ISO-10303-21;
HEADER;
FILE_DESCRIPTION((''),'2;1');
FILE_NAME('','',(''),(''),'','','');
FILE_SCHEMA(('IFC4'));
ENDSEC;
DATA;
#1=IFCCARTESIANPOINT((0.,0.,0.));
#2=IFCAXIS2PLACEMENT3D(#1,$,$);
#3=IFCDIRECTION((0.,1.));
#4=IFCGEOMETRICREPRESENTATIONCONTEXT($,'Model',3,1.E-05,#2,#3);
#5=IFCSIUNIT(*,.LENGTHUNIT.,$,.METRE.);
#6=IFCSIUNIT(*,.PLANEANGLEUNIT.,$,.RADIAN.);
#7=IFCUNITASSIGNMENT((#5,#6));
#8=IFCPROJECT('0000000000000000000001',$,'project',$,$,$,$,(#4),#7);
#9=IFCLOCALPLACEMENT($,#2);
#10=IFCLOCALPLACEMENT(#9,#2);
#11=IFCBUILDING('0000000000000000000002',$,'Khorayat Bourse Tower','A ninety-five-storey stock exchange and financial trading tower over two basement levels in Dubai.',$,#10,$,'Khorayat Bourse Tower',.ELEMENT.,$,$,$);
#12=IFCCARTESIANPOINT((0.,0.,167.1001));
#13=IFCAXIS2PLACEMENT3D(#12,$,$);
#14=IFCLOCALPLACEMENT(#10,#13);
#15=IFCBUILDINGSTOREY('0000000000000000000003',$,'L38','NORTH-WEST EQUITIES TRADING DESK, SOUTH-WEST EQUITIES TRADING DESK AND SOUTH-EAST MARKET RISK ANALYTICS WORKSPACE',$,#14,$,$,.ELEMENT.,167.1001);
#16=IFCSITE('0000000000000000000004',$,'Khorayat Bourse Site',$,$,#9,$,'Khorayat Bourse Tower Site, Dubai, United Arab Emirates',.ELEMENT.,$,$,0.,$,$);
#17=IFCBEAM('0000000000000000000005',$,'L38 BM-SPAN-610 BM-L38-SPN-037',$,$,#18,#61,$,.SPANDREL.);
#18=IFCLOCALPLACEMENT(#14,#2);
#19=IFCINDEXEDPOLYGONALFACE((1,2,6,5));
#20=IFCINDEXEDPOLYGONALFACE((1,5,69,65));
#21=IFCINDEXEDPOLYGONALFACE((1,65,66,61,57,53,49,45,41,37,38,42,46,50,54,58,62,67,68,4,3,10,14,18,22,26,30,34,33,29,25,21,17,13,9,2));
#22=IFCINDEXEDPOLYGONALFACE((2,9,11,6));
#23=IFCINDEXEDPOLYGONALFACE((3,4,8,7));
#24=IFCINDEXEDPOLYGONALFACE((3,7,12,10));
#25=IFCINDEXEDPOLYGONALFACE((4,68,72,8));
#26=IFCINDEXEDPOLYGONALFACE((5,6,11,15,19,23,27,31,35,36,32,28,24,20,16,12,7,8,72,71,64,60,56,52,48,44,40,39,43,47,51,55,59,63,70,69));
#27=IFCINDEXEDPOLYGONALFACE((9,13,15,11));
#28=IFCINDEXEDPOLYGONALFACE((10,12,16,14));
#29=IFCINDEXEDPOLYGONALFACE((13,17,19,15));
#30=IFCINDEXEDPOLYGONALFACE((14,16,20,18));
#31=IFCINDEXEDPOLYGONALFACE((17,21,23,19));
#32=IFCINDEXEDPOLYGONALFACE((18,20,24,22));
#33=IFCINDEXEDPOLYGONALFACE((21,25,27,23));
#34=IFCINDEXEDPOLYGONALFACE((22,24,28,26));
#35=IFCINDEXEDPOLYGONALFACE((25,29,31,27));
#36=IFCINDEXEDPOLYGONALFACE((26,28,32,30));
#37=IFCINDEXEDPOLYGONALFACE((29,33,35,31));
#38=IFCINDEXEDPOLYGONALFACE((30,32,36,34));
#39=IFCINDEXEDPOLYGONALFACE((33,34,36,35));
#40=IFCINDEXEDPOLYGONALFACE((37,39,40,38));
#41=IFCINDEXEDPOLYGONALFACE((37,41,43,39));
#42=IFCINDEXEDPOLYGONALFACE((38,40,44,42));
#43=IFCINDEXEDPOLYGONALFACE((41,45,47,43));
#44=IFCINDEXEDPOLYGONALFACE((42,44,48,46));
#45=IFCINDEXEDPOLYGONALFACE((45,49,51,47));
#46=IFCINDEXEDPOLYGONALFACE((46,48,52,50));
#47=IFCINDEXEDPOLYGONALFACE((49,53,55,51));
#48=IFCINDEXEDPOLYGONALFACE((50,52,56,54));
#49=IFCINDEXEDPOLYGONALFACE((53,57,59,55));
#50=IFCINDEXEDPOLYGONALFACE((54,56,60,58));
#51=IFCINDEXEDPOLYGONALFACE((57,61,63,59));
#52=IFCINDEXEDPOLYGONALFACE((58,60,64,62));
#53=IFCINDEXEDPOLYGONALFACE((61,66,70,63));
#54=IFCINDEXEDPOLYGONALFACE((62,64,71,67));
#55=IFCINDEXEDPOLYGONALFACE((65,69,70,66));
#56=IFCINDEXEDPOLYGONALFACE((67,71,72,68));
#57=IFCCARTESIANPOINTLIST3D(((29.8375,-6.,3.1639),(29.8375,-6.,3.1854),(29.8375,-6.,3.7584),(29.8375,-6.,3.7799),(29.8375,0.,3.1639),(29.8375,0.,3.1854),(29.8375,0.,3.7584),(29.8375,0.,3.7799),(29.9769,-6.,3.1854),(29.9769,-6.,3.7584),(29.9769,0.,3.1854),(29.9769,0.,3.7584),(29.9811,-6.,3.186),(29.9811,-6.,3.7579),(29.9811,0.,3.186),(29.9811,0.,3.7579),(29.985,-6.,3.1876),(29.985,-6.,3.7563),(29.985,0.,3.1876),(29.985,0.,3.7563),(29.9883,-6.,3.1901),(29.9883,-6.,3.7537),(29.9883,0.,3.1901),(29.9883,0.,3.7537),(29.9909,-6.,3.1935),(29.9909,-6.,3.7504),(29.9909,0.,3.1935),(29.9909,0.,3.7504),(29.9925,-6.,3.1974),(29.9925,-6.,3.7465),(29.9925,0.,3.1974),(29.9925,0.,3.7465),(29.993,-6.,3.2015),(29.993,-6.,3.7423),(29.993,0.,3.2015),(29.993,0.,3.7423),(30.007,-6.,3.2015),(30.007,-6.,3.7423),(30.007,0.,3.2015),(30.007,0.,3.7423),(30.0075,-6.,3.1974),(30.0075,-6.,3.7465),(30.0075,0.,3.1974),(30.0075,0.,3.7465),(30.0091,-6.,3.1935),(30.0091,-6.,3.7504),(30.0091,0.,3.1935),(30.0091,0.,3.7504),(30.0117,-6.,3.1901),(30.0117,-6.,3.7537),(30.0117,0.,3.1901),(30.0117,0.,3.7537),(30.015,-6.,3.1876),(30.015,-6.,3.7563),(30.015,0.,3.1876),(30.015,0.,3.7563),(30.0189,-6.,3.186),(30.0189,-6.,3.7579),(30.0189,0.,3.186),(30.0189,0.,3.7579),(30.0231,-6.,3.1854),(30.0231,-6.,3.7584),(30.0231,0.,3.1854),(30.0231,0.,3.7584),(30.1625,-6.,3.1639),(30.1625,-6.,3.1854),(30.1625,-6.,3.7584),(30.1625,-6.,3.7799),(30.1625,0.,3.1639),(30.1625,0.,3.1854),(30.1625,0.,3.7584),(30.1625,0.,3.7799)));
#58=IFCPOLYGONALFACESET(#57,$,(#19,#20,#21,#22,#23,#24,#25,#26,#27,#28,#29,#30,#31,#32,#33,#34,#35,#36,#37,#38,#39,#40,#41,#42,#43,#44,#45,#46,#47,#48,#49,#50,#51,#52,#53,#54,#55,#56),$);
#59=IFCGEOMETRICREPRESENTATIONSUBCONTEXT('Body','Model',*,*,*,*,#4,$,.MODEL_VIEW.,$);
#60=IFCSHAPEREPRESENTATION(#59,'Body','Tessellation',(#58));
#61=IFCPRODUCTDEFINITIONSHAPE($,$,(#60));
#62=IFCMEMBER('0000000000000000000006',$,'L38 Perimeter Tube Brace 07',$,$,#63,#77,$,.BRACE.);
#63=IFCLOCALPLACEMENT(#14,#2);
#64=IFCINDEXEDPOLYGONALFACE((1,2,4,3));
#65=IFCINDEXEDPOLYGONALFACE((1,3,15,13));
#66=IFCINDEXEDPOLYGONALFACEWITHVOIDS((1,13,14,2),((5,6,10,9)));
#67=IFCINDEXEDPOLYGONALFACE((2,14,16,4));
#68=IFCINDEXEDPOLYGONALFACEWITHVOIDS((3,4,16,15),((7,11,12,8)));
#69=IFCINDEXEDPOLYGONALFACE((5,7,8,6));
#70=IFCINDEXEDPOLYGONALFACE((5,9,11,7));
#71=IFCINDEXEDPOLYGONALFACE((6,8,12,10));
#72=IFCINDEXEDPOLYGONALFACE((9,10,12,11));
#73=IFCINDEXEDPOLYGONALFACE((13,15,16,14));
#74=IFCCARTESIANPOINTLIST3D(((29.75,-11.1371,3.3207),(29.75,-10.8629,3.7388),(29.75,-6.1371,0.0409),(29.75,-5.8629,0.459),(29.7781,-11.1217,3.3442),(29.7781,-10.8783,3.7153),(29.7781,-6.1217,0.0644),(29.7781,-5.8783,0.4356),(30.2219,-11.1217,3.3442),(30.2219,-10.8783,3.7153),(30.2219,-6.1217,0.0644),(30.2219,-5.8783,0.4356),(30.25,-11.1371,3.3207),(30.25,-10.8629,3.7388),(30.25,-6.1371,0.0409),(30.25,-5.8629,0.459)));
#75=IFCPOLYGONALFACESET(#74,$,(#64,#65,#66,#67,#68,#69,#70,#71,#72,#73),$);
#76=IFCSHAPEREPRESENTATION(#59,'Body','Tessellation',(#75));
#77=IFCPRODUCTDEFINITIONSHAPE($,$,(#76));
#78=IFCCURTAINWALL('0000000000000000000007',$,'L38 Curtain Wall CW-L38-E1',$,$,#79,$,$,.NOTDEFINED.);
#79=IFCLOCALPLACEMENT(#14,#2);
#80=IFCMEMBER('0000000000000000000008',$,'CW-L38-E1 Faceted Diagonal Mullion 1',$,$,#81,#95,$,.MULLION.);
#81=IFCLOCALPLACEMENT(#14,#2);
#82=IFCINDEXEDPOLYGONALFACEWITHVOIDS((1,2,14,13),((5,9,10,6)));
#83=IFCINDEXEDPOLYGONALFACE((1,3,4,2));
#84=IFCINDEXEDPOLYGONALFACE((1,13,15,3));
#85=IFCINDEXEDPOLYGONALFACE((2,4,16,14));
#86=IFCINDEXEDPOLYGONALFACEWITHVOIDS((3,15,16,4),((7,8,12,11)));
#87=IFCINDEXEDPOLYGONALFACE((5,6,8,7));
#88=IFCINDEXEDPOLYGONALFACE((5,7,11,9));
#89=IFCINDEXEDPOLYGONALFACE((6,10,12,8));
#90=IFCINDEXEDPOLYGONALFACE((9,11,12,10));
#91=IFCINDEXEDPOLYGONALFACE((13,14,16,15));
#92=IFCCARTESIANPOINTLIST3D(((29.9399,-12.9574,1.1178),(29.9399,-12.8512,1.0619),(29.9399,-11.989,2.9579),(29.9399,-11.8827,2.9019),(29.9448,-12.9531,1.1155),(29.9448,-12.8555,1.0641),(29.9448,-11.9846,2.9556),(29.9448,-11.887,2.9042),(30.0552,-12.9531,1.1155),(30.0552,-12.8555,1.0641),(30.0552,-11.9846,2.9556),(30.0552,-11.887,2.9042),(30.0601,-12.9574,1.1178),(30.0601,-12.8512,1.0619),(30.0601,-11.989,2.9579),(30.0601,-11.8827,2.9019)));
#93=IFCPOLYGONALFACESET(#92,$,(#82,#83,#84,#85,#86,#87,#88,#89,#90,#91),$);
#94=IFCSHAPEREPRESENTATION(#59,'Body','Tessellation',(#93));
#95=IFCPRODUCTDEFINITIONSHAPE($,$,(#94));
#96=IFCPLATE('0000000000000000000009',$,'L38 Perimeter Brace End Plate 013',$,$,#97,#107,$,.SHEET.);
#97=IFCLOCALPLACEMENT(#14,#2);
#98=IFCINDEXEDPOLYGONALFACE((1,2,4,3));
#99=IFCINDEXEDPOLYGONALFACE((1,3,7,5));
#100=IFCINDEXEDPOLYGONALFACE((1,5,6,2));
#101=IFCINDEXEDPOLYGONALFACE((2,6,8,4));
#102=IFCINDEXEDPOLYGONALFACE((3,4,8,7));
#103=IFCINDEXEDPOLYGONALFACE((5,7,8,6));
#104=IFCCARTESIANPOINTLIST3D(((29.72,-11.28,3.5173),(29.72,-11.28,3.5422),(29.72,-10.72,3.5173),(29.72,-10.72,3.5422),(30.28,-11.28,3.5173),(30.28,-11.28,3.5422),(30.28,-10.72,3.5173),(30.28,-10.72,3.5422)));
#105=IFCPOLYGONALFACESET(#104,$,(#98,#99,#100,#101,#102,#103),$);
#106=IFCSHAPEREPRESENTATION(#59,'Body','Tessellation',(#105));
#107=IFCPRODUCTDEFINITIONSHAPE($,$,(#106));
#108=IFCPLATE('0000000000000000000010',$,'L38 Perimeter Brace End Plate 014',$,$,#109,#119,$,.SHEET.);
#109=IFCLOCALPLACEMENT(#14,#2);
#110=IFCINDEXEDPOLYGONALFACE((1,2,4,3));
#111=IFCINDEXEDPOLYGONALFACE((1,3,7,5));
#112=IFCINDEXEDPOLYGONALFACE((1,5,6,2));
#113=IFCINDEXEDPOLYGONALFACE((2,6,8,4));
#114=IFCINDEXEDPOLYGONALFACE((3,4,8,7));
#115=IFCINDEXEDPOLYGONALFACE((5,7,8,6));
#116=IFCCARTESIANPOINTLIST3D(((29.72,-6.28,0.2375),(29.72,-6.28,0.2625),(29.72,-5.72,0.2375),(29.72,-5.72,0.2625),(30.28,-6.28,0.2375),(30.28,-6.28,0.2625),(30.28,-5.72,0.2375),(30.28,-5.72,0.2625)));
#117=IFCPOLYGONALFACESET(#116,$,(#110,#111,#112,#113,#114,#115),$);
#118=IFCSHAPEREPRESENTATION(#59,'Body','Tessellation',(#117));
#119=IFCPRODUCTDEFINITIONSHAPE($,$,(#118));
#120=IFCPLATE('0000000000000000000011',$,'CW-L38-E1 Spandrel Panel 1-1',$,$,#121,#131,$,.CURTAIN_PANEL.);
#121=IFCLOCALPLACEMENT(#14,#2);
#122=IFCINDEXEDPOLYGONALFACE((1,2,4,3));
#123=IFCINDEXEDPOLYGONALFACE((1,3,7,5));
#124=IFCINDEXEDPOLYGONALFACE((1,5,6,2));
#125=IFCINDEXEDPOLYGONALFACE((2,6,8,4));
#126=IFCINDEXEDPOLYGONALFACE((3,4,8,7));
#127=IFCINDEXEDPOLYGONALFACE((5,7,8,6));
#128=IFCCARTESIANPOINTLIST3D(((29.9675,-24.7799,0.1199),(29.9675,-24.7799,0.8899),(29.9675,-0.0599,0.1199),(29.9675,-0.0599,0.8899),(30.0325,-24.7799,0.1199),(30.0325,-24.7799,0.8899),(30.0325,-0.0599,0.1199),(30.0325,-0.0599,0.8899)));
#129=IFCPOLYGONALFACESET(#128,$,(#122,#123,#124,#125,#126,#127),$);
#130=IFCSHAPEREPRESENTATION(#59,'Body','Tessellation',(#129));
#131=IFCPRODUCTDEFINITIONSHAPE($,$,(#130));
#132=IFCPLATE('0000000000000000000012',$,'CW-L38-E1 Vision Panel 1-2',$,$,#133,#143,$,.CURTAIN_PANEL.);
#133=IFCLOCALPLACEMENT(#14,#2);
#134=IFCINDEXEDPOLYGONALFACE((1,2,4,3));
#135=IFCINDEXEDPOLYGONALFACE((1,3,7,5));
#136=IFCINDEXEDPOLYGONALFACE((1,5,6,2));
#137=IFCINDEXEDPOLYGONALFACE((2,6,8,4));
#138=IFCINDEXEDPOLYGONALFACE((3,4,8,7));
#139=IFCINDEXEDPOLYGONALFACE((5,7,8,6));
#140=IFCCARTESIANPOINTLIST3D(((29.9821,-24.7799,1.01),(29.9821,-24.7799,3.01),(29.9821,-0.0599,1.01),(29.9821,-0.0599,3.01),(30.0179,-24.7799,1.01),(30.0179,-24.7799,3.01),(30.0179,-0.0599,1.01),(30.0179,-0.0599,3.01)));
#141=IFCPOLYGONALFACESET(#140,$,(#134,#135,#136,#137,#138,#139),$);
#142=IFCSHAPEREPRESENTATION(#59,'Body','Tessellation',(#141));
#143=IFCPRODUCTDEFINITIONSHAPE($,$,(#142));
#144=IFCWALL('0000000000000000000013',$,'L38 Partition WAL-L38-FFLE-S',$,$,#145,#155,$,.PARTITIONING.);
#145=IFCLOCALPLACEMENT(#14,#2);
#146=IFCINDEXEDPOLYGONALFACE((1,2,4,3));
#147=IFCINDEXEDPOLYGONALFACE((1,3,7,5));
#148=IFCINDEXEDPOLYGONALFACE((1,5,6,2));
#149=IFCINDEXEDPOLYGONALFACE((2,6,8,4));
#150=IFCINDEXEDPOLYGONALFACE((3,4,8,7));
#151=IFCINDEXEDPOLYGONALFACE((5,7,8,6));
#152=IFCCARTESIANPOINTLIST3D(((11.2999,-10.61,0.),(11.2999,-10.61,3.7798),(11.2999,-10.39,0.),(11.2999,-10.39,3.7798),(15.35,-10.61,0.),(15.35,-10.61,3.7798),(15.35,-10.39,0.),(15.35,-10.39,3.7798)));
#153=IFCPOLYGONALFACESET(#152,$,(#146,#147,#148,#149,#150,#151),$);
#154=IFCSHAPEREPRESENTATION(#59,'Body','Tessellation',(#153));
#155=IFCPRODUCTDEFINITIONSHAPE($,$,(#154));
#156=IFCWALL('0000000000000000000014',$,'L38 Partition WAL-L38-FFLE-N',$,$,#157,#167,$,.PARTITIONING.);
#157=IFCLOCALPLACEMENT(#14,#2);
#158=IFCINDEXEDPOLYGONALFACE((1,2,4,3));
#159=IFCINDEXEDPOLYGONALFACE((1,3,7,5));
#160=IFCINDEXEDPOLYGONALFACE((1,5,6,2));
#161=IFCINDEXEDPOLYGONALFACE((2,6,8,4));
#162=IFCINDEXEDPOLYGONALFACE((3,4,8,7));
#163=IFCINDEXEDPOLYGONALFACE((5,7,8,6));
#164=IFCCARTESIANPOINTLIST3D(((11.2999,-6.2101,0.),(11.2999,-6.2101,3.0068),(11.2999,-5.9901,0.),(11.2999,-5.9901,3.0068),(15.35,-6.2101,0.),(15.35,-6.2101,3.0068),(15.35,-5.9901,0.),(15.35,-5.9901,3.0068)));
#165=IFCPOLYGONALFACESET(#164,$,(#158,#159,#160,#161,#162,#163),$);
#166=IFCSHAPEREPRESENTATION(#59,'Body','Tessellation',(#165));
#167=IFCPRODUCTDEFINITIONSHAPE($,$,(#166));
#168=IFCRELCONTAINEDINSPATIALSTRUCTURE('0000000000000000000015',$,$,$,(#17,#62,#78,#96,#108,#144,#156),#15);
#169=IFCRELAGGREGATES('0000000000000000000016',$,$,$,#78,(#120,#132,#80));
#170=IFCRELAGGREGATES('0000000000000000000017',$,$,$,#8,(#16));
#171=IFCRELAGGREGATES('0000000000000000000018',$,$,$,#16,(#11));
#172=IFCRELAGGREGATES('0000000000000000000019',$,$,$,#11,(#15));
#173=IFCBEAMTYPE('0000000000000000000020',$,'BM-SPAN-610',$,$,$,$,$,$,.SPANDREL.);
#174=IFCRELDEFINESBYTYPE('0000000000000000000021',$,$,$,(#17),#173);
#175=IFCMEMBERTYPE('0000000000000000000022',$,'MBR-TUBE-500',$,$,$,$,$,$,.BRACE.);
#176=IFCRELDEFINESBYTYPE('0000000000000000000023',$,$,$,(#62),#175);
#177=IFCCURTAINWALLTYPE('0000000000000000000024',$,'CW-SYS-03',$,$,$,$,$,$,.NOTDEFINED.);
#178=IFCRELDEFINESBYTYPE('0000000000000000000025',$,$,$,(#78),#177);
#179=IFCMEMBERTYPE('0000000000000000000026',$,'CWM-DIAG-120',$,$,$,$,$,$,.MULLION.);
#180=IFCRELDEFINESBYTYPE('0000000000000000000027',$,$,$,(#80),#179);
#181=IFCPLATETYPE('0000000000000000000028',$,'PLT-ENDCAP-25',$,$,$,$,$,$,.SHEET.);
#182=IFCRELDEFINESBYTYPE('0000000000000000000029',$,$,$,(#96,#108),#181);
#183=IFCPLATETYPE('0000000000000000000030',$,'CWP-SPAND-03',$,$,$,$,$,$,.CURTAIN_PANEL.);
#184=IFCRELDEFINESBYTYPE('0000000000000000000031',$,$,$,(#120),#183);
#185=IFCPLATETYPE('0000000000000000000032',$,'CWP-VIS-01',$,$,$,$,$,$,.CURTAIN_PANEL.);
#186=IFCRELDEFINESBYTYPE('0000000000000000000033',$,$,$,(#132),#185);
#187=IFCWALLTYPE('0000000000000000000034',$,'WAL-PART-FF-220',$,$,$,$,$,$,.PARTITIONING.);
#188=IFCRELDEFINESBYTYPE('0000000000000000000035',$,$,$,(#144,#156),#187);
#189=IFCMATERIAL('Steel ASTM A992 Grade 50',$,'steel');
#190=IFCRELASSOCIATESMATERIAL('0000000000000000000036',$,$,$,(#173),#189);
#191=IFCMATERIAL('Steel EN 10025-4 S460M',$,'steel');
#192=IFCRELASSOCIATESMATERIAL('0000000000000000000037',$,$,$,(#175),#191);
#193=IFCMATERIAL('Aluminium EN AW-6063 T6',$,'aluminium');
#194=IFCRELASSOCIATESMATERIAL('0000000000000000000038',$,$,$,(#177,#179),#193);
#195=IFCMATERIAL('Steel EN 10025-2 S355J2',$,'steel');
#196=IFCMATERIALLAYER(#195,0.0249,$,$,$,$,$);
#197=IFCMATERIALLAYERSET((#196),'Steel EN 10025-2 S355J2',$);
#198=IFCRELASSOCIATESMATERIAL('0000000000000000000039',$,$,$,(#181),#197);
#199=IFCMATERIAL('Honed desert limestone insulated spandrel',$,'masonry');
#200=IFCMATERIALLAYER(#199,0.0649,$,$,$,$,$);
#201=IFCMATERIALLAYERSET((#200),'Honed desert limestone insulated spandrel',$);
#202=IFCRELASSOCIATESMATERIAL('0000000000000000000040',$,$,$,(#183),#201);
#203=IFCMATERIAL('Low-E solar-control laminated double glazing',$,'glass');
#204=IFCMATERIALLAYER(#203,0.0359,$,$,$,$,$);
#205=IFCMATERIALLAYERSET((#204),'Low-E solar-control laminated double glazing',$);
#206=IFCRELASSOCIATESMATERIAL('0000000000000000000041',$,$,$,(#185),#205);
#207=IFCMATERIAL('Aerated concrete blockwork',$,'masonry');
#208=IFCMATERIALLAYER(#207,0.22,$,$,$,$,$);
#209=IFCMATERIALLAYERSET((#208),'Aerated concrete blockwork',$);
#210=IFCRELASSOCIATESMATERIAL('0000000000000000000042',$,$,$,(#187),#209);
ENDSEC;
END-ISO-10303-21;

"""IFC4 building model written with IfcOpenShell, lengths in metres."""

from ifc_helpers import new_model, si_unit, direction, frame, frame_2d, origin, origin_2d, place, context, subcontext, project, spatial, rectangle, hollow_rectangle, i_section, extrude, source, transform, mapped, material, layer, layer_set, material_profile, profile_set, type_object, element, aggregate, save


model = new_model("IFC4")

# Units and contexts
model_context = context("Model", 3, precision=1e-05, world=origin(), true_north=direction((0.0, 1.0)))
body_context = subcontext(model_context, "Body", "Model", "MODEL_VIEW")
ifc_project = project(units=[si_unit("LENGTHUNIT", "METRE"), si_unit("PLANEANGLEUNIT", "RADIAN")], contexts=[model_context])

# Site, building, storey
site_placement = place(None, origin())
site = spatial("IfcSite", under=ifc_project, at=site_placement, Name="Khorayat Bourse Site", LongName="Khorayat Bourse Tower Site, Dubai, United Arab Emirates", CompositionType="ELEMENT", RefElevation=0.0)
building_placement = place(site_placement, origin())
building = spatial("IfcBuilding", under=site, at=building_placement, Name="Khorayat Bourse Tower", Description="A ninety-five-storey stock exchange and financial trading tower over two basement levels in Dubai.", LongName="Khorayat Bourse Tower", CompositionType="ELEMENT")
storey_placement = place(building_placement, frame((0.0, 0.0, 167.1001)))
storey = spatial("IfcBuildingStorey", under=building, at=storey_placement, Name="L38", Description="NORTH-WEST EQUITIES TRADING DESK, SOUTH-WEST EQUITIES TRADING DESK AND SOUTH-EAST MARKET RISK ANALYTICS WORKSPACE", CompositionType="ELEMENT", Elevation=167.1001)

# Shared definitions
ifc_material_1 = material(Name="Steel EN 10025-4 S460M", Category="steel")

# Beam
ifc_material_2 = material(Name="Steel ASTM A992 Grade 50", Category="steel")
ifc_material_profile_1 = material_profile(ifc_material_2, i_section(OverallWidth=0.325, OverallDepth=0.616, WebThickness=0.0139, FlangeThickness=0.0215, FilletRadius=0.0161, at=origin_2d()), Name="W610X174")
ifc_profile_set_1 = profile_set([ifc_material_profile_1], Name="Steel ASTM A992 Grade 50")
beam_type_1 = type_object("IfcBeamType", Name="BM-SPAN-610", PredefinedType="SPANDREL", material=ifc_profile_set_1)
shared_shape_1 = source(origin(), body_context, "Body", "SweptSolid", [
    extrude(i_section(OverallWidth=0.325, OverallDepth=0.616, WebThickness=0.0139, FlangeThickness=0.0215, FilletRadius=0.0161, at=origin_2d()), origin(), (0.0, 0.0, 1.0), 6.0),
])
beam_1_placement = place(storey_placement, frame((30.0, -6.0, 3.4719), z_axis=(0.0, 1.0, 0.0), x_axis=(-1.0, 0.0, 0.0)))
element("IfcBeam", 1, at=beam_1_placement, inside=storey, type_object=beam_type_1, Name="L38 BM-SPAN-610 BM-L38-SPN-037", PredefinedType="SPANDREL", context=body_context, shape_type="MappedRepresentation", body=[
    mapped(shared_shape_1, transform((0.0, 0.0, 0.0), scale=1.0)),
])

# Member
ifc_material_profile_2 = material_profile(ifc_material_1, hollow_rectangle(XDim=0.5, YDim=0.5, WallThickness=0.0281, at=origin_2d()), Name="HSS 500x500x28")
ifc_profile_set_2 = profile_set([ifc_material_profile_2], Name="Steel EN 10025-4 S460M")
member_type_1 = type_object("IfcMemberType", Name="MBR-TUBE-500", PredefinedType="BRACE", material=ifc_profile_set_2)
shared_shape_2 = source(origin(), body_context, "Body", "SweptSolid", [
    extrude(hollow_rectangle(XDim=0.5, YDim=0.5, WallThickness=0.0281, at=origin_2d()), origin(), (0.0, 0.0, 1.0), 5.9797),
])
member_1_placement = place(storey_placement, frame((30.0, -11.0, 3.5298), z_axis=(0.0, 0.83616, -0.548485), x_axis=(-1.0, 0.0, 0.0)))
element("IfcMember", 2, at=member_1_placement, inside=storey, type_object=member_type_1, Name="L38 Perimeter Tube Brace 07", PredefinedType="BRACE", context=body_context, shape_type="MappedRepresentation", body=[
    mapped(shared_shape_2, transform((0.0, 0.0, 0.0), scale=1.0)),
])

# Curtain wall, member
ifc_material_3 = material(Name="Aluminium EN AW-6063 T6", Category="aluminium")
curtain_wall_type = type_object("IfcCurtainWallType", Name="CW-SYS-03", PredefinedType="NOTDEFINED", material=ifc_material_3)
curtain_wall_placement = place(storey_placement, origin())
curtain_wall = element("IfcCurtainWall", 3, at=curtain_wall_placement, inside=storey, type_object=curtain_wall_type, Name="L38 Curtain Wall CW-L38-E1", PredefinedType="NOTDEFINED")
ifc_material_profile_3 = material_profile(ifc_material_3, hollow_rectangle(XDim=0.1201, YDim=0.1201, WallThickness=0.0049, at=origin_2d()), Name="ALU 120x120x5")
ifc_profile_set_3 = profile_set([ifc_material_profile_3], Name="Aluminium EN AW-6063 T6")
member_type_2 = type_object("IfcMemberType", Name="CWM-DIAG-120", PredefinedType="MULLION", material=ifc_profile_set_3)
shared_shape_3 = source(origin(), body_context, "Body", "SweptSolid", [
    extrude(hollow_rectangle(XDim=0.1201, YDim=0.1201, WallThickness=0.0049, at=origin_2d()), origin(), (0.0, 0.0, 1.0), 2.0793),
])
member_2_placement = place(storey_placement, frame((30.0, -12.9043, 1.0898), z_axis=(0.0, 0.465761, 0.884911), x_axis=(-1.0, 0.0, 0.0)))
member_2 = element("IfcMember", 4, at=member_2_placement, type_object=member_type_2, Name="CW-L38-E1 Faceted Diagonal Mullion 1", PredefinedType="MULLION", context=body_context, shape_type="MappedRepresentation", body=[
    mapped(shared_shape_3, transform((0.0, 0.0, 0.0), scale=1.0)),
])

# Plates
ifc_material_4 = material(Name="Steel EN 10025-2 S355J2", Category="steel")
ifc_layer_1 = layer(ifc_material_4, 0.0249)
ifc_layer_set_1 = layer_set([ifc_layer_1], Name="Steel EN 10025-2 S355J2")
plate_type_1 = type_object("IfcPlateType", Name="PLT-ENDCAP-25", PredefinedType="SHEET", material=ifc_layer_set_1)
shared_shape_4 = source(origin(), body_context, "Body", "SweptSolid", [
    extrude(rectangle(XDim=0.5601, YDim=0.5601, at=origin_2d()), origin(), (0.0, 0.0, 1.0), 0.0249),
])
for number, where, z_axis, x_axis, name in (
    (5, (30.0, -11.0, 3.5173), (0.0, 0.0, 1.0), (1.0, 0.0, 0.0), "L38 Perimeter Brace End Plate 013"),
    (6, (30.0, -6.0, 0.2375), (0.0, 0.0, 1.0), (1.0, 0.0, 0.0), "L38 Perimeter Brace End Plate 014"),
):
    element("IfcPlate", number, at=place(storey_placement, frame(where, z_axis=z_axis, x_axis=x_axis)), inside=storey, type_object=plate_type_1, Name=name, PredefinedType="SHEET", context=body_context, shape_type="MappedRepresentation", body=[
        mapped(shared_shape_4, transform((0.0, 0.0, 0.0), scale=1.0)),
    ])

# Plates
ifc_material_5 = material(Name="Honed desert limestone insulated spandrel", Category="masonry")
ifc_layer_2 = layer(ifc_material_5, 0.0649)
ifc_layer_set_2 = layer_set([ifc_layer_2], Name="Honed desert limestone insulated spandrel")
plate_type_2 = type_object("IfcPlateType", Name="CWP-SPAND-03", PredefinedType="CURTAIN_PANEL", material=ifc_layer_set_2)
shared_shape_5 = source(origin(), body_context, "Body", "SweptSolid", [
    extrude(rectangle(XDim=24.72, YDim=0.0649, at=origin_2d()), origin(), (0.0, 0.0, 1.0), 0.77),
])
plate_1_placement = place(storey_placement, frame((30.0, -12.4199, 0.1199), z_axis=(0.0, 0.0, 1.0), x_axis=(0.0, 1.0, 0.0)))
plate_1 = element("IfcPlate", 7, at=plate_1_placement, type_object=plate_type_2, Name="CW-L38-E1 Spandrel Panel 1-1", PredefinedType="CURTAIN_PANEL", context=body_context, shape_type="MappedRepresentation", body=[
    mapped(shared_shape_5, transform((0.0, 0.0, 0.0), scale=1.0)),
])
ifc_material_6 = material(Name="Low-E solar-control laminated double glazing", Category="glass")
ifc_layer_3 = layer(ifc_material_6, 0.0359)
ifc_layer_set_3 = layer_set([ifc_layer_3], Name="Low-E solar-control laminated double glazing")
plate_type_3 = type_object("IfcPlateType", Name="CWP-VIS-01", PredefinedType="CURTAIN_PANEL", material=ifc_layer_set_3)
shared_shape_6 = source(origin(), body_context, "Body", "SweptSolid", [
    extrude(rectangle(XDim=24.72, YDim=0.0359, at=origin_2d()), origin(), (0.0, 0.0, 1.0), 2.0),
])
plate_2_placement = place(storey_placement, frame((30.0, -12.4199, 1.01), z_axis=(0.0, 0.0, 1.0), x_axis=(0.0, 1.0, 0.0)))
plate_2 = element("IfcPlate", 8, at=plate_2_placement, type_object=plate_type_3, Name="CW-L38-E1 Vision Panel 1-2", PredefinedType="CURTAIN_PANEL", context=body_context, shape_type="MappedRepresentation", body=[
    mapped(shared_shape_6, transform((0.0, 0.0, 0.0), scale=1.0)),
])
aggregate(curtain_wall, [plate_1, plate_2, member_2])

# Walls
ifc_material_7 = material(Name="Aerated concrete blockwork", Category="masonry")
ifc_layer_4 = layer(ifc_material_7, 0.22)
ifc_layer_set_4 = layer_set([ifc_layer_4], Name="Aerated concrete blockwork")
wall_type_1 = type_object("IfcWallType", Name="WAL-PART-FF-220", PredefinedType="PARTITIONING", material=ifc_layer_set_4)
shared_shape_7 = source(origin(), body_context, "Body", "SweptSolid", [
    extrude(rectangle(XDim=4.05, YDim=0.22, at=frame_2d((2.0249, 0.0))), origin(), (0.0, 0.0, 1.0), 3.7798),
])
wall_1_placement = place(storey_placement, frame((11.3, -10.5, 0.0), z_axis=(0.0, 0.0, 1.0), x_axis=(1.0, 0.0, 0.0)))
element("IfcWall", 9, at=wall_1_placement, inside=storey, type_object=wall_type_1, Name="L38 Partition WAL-L38-FFLE-S", PredefinedType="PARTITIONING", context=body_context, shape_type="MappedRepresentation", body=[
    mapped(shared_shape_7, transform((0.0, 0.0, 0.0), scale=1.0)),
])
shared_shape_8 = source(origin(), body_context, "Body", "SweptSolid", [
    extrude(rectangle(XDim=4.05, YDim=0.22, at=frame_2d((2.0249, 0.0))), origin(), (0.0, 0.0, 1.0), 3.0068),
])
wall_2_placement = place(storey_placement, frame((11.3, -6.1001, 0.0), z_axis=(0.0, 0.0, 1.0), x_axis=(1.0, 0.0, 0.0)))
element("IfcWall", 10, at=wall_2_placement, inside=storey, type_object=wall_type_1, Name="L38 Partition WAL-L38-FFLE-N", PredefinedType="PARTITIONING", context=body_context, shape_type="MappedRepresentation", body=[
    mapped(shared_shape_8, transform((0.0, 0.0, 0.0), scale=1.0)),
])

save(model, "model.ifc")
